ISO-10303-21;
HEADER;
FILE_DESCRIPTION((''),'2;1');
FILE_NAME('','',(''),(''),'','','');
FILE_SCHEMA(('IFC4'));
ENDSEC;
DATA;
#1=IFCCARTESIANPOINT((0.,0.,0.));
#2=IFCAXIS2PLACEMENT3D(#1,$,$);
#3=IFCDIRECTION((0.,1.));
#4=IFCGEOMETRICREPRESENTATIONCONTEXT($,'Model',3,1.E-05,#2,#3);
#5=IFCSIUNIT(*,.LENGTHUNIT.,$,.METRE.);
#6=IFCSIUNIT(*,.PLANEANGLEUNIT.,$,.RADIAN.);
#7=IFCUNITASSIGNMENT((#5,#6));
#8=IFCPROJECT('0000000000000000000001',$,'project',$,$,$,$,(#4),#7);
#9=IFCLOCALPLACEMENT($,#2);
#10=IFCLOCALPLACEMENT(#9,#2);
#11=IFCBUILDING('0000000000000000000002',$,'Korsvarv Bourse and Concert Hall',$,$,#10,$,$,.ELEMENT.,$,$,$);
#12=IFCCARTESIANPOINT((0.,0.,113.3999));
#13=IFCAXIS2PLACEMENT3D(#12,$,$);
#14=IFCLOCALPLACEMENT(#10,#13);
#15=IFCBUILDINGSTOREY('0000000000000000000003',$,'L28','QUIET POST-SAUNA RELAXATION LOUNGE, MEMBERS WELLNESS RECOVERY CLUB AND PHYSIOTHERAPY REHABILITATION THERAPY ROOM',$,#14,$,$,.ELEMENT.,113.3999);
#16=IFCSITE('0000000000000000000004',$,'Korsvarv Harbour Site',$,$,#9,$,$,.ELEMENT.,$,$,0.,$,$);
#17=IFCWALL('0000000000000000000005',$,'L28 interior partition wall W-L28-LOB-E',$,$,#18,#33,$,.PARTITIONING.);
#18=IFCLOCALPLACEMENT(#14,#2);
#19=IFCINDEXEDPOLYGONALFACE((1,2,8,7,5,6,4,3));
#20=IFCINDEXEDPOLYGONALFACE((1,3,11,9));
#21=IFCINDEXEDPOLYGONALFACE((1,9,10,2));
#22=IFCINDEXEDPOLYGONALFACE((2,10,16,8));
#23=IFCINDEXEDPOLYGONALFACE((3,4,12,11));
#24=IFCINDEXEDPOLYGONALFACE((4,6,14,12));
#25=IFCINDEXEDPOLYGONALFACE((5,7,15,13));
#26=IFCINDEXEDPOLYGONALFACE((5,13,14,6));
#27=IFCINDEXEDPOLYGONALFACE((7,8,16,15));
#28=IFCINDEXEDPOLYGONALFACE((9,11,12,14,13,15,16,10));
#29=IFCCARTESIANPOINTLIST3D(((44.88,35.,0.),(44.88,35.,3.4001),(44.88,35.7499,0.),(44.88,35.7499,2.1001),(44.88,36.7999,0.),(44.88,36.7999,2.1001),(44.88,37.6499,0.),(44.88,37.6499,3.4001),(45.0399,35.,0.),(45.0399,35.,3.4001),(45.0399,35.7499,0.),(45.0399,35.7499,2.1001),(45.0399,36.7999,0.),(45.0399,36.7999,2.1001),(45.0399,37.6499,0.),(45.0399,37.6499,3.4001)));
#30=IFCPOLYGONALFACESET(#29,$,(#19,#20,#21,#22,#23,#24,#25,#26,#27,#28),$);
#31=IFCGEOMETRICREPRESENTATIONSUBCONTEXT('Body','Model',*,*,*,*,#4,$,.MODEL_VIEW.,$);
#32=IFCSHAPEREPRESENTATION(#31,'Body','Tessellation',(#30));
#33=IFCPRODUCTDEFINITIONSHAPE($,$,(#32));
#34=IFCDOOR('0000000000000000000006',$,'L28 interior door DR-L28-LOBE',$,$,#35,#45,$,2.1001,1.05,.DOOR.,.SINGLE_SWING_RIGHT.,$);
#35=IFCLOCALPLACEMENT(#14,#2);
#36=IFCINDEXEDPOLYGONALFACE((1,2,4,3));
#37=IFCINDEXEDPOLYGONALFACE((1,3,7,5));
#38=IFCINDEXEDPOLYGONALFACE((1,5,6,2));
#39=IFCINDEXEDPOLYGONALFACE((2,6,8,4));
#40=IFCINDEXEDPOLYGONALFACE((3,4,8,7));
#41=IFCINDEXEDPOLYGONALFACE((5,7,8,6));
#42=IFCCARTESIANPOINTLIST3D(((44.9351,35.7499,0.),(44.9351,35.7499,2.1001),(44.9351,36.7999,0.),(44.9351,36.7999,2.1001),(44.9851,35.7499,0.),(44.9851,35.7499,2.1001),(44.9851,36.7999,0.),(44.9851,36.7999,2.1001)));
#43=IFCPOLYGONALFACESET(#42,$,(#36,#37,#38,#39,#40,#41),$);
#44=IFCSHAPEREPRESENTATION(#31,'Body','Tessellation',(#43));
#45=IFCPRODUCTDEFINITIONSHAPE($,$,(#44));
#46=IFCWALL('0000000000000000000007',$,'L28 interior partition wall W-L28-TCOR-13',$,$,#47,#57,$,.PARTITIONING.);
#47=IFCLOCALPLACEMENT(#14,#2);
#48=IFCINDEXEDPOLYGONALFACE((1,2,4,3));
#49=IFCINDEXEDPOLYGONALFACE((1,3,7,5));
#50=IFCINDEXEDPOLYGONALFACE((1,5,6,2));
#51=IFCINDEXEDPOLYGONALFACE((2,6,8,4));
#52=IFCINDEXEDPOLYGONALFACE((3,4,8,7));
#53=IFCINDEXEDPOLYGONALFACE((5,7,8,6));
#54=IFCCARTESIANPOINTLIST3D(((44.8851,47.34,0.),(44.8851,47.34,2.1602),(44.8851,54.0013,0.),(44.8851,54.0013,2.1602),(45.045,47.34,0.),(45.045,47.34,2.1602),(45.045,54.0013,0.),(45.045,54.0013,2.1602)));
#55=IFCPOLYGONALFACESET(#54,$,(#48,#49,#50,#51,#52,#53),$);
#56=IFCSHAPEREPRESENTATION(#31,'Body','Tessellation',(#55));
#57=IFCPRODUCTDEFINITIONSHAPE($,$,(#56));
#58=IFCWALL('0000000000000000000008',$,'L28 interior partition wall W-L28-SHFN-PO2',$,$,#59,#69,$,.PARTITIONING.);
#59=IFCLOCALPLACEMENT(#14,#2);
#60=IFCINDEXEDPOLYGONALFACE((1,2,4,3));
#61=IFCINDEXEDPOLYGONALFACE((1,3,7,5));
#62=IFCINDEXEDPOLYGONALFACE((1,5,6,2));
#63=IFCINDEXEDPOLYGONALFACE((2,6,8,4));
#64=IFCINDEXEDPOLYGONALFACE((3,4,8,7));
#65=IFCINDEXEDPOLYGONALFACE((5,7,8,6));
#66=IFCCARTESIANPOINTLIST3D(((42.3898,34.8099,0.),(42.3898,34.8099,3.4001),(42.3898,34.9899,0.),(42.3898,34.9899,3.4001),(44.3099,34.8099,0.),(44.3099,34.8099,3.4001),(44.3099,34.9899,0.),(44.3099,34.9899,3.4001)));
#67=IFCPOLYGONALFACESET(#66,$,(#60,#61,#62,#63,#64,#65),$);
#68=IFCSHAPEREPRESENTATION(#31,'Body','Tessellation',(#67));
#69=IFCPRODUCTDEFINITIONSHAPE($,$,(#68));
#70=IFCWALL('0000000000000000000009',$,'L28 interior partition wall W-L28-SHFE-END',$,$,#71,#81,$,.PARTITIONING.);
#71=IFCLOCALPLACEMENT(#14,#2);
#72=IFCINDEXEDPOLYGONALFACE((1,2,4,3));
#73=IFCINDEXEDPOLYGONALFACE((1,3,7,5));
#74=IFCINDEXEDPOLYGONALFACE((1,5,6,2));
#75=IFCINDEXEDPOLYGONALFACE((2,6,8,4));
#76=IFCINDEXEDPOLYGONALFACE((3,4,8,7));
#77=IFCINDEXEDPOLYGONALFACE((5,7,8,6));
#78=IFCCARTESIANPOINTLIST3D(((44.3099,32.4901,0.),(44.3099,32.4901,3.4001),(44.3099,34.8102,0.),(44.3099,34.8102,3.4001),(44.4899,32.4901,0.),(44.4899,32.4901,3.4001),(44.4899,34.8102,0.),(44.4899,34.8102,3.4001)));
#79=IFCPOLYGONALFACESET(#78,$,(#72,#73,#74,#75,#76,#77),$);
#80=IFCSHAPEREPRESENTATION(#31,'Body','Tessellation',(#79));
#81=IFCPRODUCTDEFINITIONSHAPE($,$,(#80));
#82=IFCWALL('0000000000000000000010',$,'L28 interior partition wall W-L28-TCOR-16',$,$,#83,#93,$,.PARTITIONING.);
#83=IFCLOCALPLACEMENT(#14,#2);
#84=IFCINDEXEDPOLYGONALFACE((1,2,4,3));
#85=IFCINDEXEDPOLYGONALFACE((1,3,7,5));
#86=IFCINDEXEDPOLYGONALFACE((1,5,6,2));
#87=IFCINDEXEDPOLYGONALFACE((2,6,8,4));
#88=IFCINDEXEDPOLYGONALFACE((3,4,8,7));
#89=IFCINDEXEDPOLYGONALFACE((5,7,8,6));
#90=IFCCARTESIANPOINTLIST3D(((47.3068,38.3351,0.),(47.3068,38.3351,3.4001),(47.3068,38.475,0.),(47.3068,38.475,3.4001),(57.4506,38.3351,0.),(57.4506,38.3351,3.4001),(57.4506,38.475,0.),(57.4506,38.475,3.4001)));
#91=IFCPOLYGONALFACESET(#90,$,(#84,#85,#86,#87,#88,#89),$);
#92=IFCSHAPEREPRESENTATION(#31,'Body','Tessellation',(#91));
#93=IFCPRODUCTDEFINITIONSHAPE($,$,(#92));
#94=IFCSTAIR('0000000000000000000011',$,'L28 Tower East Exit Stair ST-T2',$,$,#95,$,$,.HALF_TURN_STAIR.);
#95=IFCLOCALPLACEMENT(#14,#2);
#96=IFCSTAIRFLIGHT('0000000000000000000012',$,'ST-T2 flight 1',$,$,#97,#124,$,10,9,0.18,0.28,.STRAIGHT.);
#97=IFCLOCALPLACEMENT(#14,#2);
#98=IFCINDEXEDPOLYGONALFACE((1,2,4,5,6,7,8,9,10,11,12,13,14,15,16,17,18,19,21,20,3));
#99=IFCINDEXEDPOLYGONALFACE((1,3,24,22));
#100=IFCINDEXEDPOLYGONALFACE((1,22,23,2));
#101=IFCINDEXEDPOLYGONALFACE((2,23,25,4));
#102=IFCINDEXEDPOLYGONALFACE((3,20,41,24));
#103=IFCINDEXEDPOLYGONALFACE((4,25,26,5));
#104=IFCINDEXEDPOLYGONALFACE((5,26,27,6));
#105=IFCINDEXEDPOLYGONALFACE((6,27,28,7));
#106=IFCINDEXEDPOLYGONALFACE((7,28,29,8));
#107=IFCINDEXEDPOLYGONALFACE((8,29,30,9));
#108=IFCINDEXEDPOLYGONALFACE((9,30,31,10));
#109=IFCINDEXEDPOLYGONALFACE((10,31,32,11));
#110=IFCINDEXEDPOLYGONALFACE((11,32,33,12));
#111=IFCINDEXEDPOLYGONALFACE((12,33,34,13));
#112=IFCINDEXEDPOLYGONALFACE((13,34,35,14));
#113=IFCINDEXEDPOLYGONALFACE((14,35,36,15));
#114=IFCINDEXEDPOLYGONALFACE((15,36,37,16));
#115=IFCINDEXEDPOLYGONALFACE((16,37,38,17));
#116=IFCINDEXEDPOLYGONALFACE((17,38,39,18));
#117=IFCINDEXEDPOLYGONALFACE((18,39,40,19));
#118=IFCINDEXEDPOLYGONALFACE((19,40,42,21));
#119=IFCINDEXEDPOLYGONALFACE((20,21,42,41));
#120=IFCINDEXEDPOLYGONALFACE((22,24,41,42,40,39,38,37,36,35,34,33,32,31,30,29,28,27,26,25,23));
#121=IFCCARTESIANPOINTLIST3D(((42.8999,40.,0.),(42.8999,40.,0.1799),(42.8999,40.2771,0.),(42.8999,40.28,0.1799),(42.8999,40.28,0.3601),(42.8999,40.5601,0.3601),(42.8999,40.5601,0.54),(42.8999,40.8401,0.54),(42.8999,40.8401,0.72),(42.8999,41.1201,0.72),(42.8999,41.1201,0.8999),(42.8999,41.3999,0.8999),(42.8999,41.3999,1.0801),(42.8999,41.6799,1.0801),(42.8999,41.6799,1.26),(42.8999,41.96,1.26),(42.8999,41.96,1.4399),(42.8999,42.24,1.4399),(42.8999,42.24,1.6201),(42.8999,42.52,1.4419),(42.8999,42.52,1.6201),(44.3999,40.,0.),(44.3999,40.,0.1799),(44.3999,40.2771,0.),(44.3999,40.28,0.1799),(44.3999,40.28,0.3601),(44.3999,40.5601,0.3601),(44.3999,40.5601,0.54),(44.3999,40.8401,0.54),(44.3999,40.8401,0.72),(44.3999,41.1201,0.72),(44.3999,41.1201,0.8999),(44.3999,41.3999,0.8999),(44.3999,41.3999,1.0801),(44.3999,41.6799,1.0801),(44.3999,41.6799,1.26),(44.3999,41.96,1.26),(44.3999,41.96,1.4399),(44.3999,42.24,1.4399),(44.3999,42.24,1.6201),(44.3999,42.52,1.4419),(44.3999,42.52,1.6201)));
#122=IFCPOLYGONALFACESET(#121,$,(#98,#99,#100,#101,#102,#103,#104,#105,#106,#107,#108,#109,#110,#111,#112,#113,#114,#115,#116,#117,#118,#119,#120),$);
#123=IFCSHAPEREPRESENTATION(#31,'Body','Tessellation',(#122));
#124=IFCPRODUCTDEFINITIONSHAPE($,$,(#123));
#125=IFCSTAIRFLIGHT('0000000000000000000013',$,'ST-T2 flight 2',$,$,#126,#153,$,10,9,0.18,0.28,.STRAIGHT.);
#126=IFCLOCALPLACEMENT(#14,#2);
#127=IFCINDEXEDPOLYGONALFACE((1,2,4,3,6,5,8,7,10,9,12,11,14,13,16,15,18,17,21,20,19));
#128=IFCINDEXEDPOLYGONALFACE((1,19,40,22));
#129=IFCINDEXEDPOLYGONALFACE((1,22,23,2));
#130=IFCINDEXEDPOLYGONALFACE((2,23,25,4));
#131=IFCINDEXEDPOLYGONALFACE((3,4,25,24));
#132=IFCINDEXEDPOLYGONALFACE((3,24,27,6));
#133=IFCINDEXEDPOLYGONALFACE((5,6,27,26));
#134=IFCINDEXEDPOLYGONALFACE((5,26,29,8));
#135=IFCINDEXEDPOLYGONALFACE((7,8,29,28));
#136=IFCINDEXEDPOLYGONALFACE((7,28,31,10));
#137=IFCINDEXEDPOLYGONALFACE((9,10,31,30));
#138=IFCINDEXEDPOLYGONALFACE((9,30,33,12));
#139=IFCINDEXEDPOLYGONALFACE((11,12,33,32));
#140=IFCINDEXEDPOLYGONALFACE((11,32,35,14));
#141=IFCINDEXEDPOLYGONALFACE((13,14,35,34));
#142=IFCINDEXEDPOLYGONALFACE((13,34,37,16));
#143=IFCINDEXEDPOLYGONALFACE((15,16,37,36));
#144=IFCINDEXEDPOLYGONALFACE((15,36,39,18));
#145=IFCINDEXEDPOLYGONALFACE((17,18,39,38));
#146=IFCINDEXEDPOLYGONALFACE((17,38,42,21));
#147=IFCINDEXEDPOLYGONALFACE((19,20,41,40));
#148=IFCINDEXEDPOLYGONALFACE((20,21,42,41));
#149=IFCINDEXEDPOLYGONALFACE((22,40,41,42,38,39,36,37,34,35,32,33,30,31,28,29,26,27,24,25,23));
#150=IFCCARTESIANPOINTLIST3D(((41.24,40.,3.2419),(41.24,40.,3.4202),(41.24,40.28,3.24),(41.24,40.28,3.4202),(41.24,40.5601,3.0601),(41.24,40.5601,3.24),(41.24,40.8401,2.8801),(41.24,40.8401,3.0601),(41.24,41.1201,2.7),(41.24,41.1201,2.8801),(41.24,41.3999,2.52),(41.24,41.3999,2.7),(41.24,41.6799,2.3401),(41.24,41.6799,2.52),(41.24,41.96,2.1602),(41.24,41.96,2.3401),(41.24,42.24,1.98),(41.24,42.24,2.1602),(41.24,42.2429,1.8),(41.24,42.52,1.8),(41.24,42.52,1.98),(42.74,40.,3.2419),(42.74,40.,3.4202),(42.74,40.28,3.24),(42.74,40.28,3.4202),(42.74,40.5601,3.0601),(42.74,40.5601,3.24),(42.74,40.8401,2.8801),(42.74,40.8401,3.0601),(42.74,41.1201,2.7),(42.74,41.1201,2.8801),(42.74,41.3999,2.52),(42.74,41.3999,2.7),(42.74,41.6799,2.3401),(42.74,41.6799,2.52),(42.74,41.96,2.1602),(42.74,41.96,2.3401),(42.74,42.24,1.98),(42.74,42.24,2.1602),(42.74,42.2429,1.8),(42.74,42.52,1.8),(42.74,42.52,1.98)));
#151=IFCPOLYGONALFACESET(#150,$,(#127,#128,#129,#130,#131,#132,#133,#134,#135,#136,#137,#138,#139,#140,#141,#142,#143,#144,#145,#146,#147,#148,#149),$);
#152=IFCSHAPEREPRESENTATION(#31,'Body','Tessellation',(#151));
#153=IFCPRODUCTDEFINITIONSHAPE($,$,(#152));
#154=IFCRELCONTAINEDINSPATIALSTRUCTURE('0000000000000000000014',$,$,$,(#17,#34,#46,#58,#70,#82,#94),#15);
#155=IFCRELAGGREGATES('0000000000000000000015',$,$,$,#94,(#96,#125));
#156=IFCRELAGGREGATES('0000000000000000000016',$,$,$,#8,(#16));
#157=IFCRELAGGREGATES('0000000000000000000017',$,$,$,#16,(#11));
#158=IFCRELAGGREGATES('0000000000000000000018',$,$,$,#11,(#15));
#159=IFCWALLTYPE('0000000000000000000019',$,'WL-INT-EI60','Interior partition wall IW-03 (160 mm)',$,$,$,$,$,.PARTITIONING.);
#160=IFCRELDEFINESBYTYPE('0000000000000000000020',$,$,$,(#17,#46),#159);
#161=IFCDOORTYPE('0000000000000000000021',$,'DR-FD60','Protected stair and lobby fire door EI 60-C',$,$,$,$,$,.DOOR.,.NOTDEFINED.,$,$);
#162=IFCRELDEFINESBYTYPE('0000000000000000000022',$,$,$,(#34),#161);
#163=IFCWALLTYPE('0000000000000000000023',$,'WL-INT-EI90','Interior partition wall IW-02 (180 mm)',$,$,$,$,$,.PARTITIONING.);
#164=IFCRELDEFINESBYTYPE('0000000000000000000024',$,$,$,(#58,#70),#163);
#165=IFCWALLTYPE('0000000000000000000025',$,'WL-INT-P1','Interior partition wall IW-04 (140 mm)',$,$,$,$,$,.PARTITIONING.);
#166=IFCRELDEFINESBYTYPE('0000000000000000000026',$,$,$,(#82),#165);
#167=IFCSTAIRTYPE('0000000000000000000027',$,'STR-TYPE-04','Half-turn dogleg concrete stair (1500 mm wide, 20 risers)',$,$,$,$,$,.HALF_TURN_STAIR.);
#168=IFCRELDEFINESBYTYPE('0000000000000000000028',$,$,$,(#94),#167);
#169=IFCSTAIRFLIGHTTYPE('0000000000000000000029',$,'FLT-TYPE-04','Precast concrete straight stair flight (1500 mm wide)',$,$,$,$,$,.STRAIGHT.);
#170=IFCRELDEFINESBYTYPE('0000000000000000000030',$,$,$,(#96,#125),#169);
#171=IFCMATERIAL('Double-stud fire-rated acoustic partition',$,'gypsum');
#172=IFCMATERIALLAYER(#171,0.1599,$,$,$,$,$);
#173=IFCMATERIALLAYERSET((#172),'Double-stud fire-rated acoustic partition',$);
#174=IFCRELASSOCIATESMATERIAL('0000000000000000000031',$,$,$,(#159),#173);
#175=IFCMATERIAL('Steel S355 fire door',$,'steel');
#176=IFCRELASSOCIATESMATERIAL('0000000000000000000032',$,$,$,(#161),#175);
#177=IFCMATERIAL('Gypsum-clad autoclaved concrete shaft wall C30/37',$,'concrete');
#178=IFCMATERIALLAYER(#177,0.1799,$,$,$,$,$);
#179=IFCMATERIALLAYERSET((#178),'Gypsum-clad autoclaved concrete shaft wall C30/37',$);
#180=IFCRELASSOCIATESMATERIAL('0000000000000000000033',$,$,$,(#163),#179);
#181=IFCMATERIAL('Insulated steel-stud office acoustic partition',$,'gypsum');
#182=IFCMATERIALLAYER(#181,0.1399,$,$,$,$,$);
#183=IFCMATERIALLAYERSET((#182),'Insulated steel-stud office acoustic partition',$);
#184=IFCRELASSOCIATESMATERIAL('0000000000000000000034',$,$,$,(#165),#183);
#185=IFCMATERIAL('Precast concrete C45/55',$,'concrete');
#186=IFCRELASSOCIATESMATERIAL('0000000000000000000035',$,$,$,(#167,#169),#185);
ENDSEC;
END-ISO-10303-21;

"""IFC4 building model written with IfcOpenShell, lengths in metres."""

from ifc_helpers import new_model, si_unit, direction, frame, frame_2d, origin, place, context, subcontext, project, spatial, polyline, rectangle, outline, extrude, material, layer, layer_set, type_object, element, fill, aggregate, save


model = new_model("IFC4")

# Units and contexts
model_context = context("Model", 3, precision=1e-05, world=origin(), true_north=direction((0.0, 1.0)))
body_context = subcontext(model_context, "Body", "Model", "MODEL_VIEW")
ifc_project = project(units=[si_unit("LENGTHUNIT", "METRE"), si_unit("PLANEANGLEUNIT", "RADIAN")], contexts=[model_context])

# Site, building, storey
site_placement = place(None, origin())
site = spatial("IfcSite", under=ifc_project, at=site_placement, Name="Korsvarv Harbour Site", CompositionType="ELEMENT", RefElevation=0.0)
building_placement = place(site_placement, origin())
building = spatial("IfcBuilding", under=site, at=building_placement, Name="Korsvarv Bourse and Concert Hall", CompositionType="ELEMENT")
storey_placement = place(building_placement, frame((0.0, 0.0, 113.3999)))
storey = spatial("IfcBuildingStorey", under=building, at=storey_placement, Name="L28", Description="QUIET POST-SAUNA RELAXATION LOUNGE, MEMBERS WELLNESS RECOVERY CLUB AND PHYSIOTHERAPY REHABILITATION THERAPY ROOM", CompositionType="ELEMENT", Elevation=113.3999)

# Wall, opening, door
ifc_material_1 = material(Name="Double-stud fire-rated acoustic partition", Category="gypsum")
ifc_layer_1 = layer(ifc_material_1, 0.1599)
ifc_layer_set_1 = layer_set([ifc_layer_1], Name="Double-stud fire-rated acoustic partition")
wall_type_1 = type_object("IfcWallType", Name="WL-INT-EI60", Description="Interior partition wall IW-03 (160 mm)", PredefinedType="PARTITIONING", material=ifc_layer_set_1)
wall_1_placement = place(storey_placement, frame((44.96, 35.0, 0.0), z_axis=(0.0, 0.0, 1.0), x_axis=(0.0, 1.0, 0.0)))
wall_1 = element("IfcWall", 1, at=wall_1_placement, inside=storey, type_object=wall_type_1, Name="L28 interior partition wall W-L28-LOB-E", PredefinedType="PARTITIONING", context=body_context, shape_type="SweptSolid", body=[
    extrude(rectangle(XDim=2.6499, YDim=0.1599, at=frame_2d((1.325, 0.0))), origin(), (0.0, 0.0, 1.0), 3.4001),
])
opening_placement = place(wall_1_placement, frame((0.75, 0.0, 0.0)))
opening = element("IfcOpeningElement", 2, at=opening_placement, cuts=wall_1, PredefinedType="OPENING", context=body_context, shape_type="SweptSolid", body=[
    extrude(rectangle(XDim=1.05, YDim=2.1001, at=frame_2d((0.5249, 1.05))), frame((0.0, 0.0898, 0.0), z_axis=(0.0, -1.0, 0.0), x_axis=(1.0, 0.0, 0.0)), (0.0, 0.0, 1.0), 0.1799),
])
ifc_material_2 = material(Name="Steel S355 fire door", Category="steel")
door_type = type_object("IfcDoorType", Name="DR-FD60", Description="Protected stair and lobby fire door EI 60-C", OperationType="NOTDEFINED", PredefinedType="DOOR", material=ifc_material_2)
door_placement = place(opening_placement, origin())
door = element("IfcDoor", 3, at=door_placement, inside=storey, type_object=door_type, Name="L28 interior door DR-L28-LOBE", OperationType="SINGLE_SWING_RIGHT", OverallHeight=2.1001, OverallWidth=1.05, PredefinedType="DOOR", context=body_context, shape_type="SweptSolid", body=[
    extrude(rectangle(XDim=1.05, YDim=2.1001, at=frame_2d((0.5249, 1.05))), frame((0.0, 0.0249, 0.0), z_axis=(0.0, -1.0, 0.0), x_axis=(1.0, 0.0, 0.0)), (0.0, 0.0, 1.0), 0.05),
])
fill(opening, door)

# Walls
wall_2_placement = place(storey_placement, frame((44.9651, 47.3401, 0.0), z_axis=(0.0, 0.0, 1.0), x_axis=(0.0, 1.0, 0.0)))
element("IfcWall", 4, at=wall_2_placement, inside=storey, type_object=wall_type_1, Name="L28 interior partition wall W-L28-TCOR-13", PredefinedType="PARTITIONING", context=body_context, shape_type="SweptSolid", body=[
    extrude(rectangle(XDim=6.6614, YDim=0.1599, at=frame_2d((3.3306, 0.0))), origin(), (0.0, 0.0, 1.0), 2.1602),
])
ifc_material_3 = material(Name="Gypsum-clad autoclaved concrete shaft wall C30/37", Category="concrete")
ifc_layer_2 = layer(ifc_material_3, 0.1799)
ifc_layer_set_2 = layer_set([ifc_layer_2], Name="Gypsum-clad autoclaved concrete shaft wall C30/37")
wall_type_2 = type_object("IfcWallType", Name="WL-INT-EI90", Description="Interior partition wall IW-02 (180 mm)", PredefinedType="PARTITIONING", material=ifc_layer_set_2)
wall_3_placement = place(storey_placement, frame((42.3899, 34.8999, 0.0), z_axis=(0.0, 0.0, 1.0), x_axis=(1.0, 0.0, 0.0)))
element("IfcWall", 5, at=wall_3_placement, inside=storey, type_object=wall_type_2, Name="L28 interior partition wall W-L28-SHFN-PO2", PredefinedType="PARTITIONING", context=body_context, shape_type="SweptSolid", body=[
    extrude(rectangle(XDim=1.9202, YDim=0.1799, at=frame_2d((0.96, 0.0))), origin(), (0.0, 0.0, 1.0), 3.4001),
])
wall_4_placement = place(storey_placement, frame((44.3999, 32.49, 0.0), z_axis=(0.0, 0.0, 1.0), x_axis=(0.0, 1.0, 0.0)))
element("IfcWall", 6, at=wall_4_placement, inside=storey, type_object=wall_type_2, Name="L28 interior partition wall W-L28-SHFE-END", PredefinedType="PARTITIONING", context=body_context, shape_type="SweptSolid", body=[
    extrude(rectangle(XDim=2.3201, YDim=0.1799, at=frame_2d((1.1602, 0.0))), origin(), (0.0, 0.0, 1.0), 3.4001),
])
ifc_material_4 = material(Name="Insulated steel-stud office acoustic partition", Category="gypsum")
ifc_layer_3 = layer(ifc_material_4, 0.1399)
ifc_layer_set_3 = layer_set([ifc_layer_3], Name="Insulated steel-stud office acoustic partition")
wall_type_3 = type_object("IfcWallType", Name="WL-INT-P1", Description="Interior partition wall IW-04 (140 mm)", PredefinedType="PARTITIONING", material=ifc_layer_set_3)
wall_5_placement = place(storey_placement, frame((47.3069, 38.405, 0.0), z_axis=(0.0, 0.0, 1.0), x_axis=(1.0, 0.0, 0.0)))
element("IfcWall", 7, at=wall_5_placement, inside=storey, type_object=wall_type_3, Name="L28 interior partition wall W-L28-TCOR-16", PredefinedType="PARTITIONING", context=body_context, shape_type="SweptSolid", body=[
    extrude(rectangle(XDim=10.1438, YDim=0.1399, at=frame_2d((5.0718, 0.0))), origin(), (0.0, 0.0, 1.0), 3.4001),
])

# Stair, stair flights
ifc_material_5 = material(Name="Precast concrete C45/55", Category="concrete")
stair_type = type_object("IfcStairType", Name="STR-TYPE-04", Description="Half-turn dogleg concrete stair (1500 mm wide, 20 risers)", PredefinedType="HALF_TURN_STAIR", material=ifc_material_5)
stair_placement = place(storey_placement, origin())
stair = element("IfcStair", 8, at=stair_placement, inside=storey, type_object=stair_type, Name="L28 Tower East Exit Stair ST-T2", PredefinedType="HALF_TURN_STAIR")
stair_flight_type = type_object("IfcStairFlightType", Name="FLT-TYPE-04", Description="Precast concrete straight stair flight (1500 mm wide)", PredefinedType="STRAIGHT", material=ifc_material_5)
stair_flight_1_placement = place(storey_placement, frame((43.6499, 40.0, 0.0), z_axis=(0.0, 0.0, 1.0), x_axis=(0.0, 1.0, 0.0)))
stair_flight_1 = element("IfcStairFlight", 9, at=stair_flight_1_placement, type_object=stair_flight_type, Name="ST-T2 flight 1", NumberOfRisers=10, NumberOfTreads=9, PredefinedType="STRAIGHT", RiserHeight=0.18, TreadLength=0.28, context=body_context, shape_type="SweptSolid", body=[
    extrude(outline(polyline([(0.0, 0.0), (0.0, 0.1799), (0.28, 0.1799), (0.28, 0.3601), (0.5601, 0.3601), (0.5601, 0.54), (0.8401, 0.54), (0.8401, 0.72), (1.1201, 0.72), (1.1201, 0.8999), (1.3999, 0.8999), (1.3999, 1.0801), (1.6799, 1.0801), (1.6799, 1.26), (1.96, 1.26), (1.96, 1.4399), (2.24, 1.4399), (2.24, 1.6201), (2.52, 1.6201), (2.52, 1.8), (2.52, 1.4419), (0.2771, 0.0), (0.0, 0.0)])), frame((0.0, 0.75, 0.0), z_axis=(0.0, -1.0, 0.0), x_axis=(1.0, 0.0, 0.0)), (0.0, 0.0, 1.0), 1.5),
])
stair_flight_2_placement = place(storey_placement, frame((41.99, 42.52, 1.8), z_axis=(0.0, 0.0, 1.0), x_axis=(0.0, -1.0, 0.0)))
stair_flight_2 = element("IfcStairFlight", 10, at=stair_flight_2_placement, type_object=stair_flight_type, Name="ST-T2 flight 2", NumberOfRisers=10, NumberOfTreads=9, PredefinedType="STRAIGHT", RiserHeight=0.18, TreadLength=0.28, context=body_context, shape_type="SweptSolid", body=[
    extrude(outline(polyline([(0.0, 0.0), (0.0, 0.1799), (0.28, 0.1799), (0.28, 0.3601), (0.5601, 0.3601), (0.5601, 0.54), (0.8401, 0.54), (0.8401, 0.72), (1.1201, 0.72), (1.1201, 0.8999), (1.3999, 0.8999), (1.3999, 1.0801), (1.6799, 1.0801), (1.6799, 1.26), (1.96, 1.26), (1.96, 1.4399), (2.24, 1.4399), (2.24, 1.6201), (2.52, 1.6201), (2.52, 1.8), (2.52, 1.4419), (0.2771, 0.0), (0.0, 0.0)])), frame((0.0, 0.75, 0.0), z_axis=(0.0, -1.0, 0.0), x_axis=(1.0, 0.0, 0.0)), (0.0, 0.0, 1.0), 1.5),
])
aggregate(stair, [stair_flight_1, stair_flight_2])

save(model, "model.ifc")
